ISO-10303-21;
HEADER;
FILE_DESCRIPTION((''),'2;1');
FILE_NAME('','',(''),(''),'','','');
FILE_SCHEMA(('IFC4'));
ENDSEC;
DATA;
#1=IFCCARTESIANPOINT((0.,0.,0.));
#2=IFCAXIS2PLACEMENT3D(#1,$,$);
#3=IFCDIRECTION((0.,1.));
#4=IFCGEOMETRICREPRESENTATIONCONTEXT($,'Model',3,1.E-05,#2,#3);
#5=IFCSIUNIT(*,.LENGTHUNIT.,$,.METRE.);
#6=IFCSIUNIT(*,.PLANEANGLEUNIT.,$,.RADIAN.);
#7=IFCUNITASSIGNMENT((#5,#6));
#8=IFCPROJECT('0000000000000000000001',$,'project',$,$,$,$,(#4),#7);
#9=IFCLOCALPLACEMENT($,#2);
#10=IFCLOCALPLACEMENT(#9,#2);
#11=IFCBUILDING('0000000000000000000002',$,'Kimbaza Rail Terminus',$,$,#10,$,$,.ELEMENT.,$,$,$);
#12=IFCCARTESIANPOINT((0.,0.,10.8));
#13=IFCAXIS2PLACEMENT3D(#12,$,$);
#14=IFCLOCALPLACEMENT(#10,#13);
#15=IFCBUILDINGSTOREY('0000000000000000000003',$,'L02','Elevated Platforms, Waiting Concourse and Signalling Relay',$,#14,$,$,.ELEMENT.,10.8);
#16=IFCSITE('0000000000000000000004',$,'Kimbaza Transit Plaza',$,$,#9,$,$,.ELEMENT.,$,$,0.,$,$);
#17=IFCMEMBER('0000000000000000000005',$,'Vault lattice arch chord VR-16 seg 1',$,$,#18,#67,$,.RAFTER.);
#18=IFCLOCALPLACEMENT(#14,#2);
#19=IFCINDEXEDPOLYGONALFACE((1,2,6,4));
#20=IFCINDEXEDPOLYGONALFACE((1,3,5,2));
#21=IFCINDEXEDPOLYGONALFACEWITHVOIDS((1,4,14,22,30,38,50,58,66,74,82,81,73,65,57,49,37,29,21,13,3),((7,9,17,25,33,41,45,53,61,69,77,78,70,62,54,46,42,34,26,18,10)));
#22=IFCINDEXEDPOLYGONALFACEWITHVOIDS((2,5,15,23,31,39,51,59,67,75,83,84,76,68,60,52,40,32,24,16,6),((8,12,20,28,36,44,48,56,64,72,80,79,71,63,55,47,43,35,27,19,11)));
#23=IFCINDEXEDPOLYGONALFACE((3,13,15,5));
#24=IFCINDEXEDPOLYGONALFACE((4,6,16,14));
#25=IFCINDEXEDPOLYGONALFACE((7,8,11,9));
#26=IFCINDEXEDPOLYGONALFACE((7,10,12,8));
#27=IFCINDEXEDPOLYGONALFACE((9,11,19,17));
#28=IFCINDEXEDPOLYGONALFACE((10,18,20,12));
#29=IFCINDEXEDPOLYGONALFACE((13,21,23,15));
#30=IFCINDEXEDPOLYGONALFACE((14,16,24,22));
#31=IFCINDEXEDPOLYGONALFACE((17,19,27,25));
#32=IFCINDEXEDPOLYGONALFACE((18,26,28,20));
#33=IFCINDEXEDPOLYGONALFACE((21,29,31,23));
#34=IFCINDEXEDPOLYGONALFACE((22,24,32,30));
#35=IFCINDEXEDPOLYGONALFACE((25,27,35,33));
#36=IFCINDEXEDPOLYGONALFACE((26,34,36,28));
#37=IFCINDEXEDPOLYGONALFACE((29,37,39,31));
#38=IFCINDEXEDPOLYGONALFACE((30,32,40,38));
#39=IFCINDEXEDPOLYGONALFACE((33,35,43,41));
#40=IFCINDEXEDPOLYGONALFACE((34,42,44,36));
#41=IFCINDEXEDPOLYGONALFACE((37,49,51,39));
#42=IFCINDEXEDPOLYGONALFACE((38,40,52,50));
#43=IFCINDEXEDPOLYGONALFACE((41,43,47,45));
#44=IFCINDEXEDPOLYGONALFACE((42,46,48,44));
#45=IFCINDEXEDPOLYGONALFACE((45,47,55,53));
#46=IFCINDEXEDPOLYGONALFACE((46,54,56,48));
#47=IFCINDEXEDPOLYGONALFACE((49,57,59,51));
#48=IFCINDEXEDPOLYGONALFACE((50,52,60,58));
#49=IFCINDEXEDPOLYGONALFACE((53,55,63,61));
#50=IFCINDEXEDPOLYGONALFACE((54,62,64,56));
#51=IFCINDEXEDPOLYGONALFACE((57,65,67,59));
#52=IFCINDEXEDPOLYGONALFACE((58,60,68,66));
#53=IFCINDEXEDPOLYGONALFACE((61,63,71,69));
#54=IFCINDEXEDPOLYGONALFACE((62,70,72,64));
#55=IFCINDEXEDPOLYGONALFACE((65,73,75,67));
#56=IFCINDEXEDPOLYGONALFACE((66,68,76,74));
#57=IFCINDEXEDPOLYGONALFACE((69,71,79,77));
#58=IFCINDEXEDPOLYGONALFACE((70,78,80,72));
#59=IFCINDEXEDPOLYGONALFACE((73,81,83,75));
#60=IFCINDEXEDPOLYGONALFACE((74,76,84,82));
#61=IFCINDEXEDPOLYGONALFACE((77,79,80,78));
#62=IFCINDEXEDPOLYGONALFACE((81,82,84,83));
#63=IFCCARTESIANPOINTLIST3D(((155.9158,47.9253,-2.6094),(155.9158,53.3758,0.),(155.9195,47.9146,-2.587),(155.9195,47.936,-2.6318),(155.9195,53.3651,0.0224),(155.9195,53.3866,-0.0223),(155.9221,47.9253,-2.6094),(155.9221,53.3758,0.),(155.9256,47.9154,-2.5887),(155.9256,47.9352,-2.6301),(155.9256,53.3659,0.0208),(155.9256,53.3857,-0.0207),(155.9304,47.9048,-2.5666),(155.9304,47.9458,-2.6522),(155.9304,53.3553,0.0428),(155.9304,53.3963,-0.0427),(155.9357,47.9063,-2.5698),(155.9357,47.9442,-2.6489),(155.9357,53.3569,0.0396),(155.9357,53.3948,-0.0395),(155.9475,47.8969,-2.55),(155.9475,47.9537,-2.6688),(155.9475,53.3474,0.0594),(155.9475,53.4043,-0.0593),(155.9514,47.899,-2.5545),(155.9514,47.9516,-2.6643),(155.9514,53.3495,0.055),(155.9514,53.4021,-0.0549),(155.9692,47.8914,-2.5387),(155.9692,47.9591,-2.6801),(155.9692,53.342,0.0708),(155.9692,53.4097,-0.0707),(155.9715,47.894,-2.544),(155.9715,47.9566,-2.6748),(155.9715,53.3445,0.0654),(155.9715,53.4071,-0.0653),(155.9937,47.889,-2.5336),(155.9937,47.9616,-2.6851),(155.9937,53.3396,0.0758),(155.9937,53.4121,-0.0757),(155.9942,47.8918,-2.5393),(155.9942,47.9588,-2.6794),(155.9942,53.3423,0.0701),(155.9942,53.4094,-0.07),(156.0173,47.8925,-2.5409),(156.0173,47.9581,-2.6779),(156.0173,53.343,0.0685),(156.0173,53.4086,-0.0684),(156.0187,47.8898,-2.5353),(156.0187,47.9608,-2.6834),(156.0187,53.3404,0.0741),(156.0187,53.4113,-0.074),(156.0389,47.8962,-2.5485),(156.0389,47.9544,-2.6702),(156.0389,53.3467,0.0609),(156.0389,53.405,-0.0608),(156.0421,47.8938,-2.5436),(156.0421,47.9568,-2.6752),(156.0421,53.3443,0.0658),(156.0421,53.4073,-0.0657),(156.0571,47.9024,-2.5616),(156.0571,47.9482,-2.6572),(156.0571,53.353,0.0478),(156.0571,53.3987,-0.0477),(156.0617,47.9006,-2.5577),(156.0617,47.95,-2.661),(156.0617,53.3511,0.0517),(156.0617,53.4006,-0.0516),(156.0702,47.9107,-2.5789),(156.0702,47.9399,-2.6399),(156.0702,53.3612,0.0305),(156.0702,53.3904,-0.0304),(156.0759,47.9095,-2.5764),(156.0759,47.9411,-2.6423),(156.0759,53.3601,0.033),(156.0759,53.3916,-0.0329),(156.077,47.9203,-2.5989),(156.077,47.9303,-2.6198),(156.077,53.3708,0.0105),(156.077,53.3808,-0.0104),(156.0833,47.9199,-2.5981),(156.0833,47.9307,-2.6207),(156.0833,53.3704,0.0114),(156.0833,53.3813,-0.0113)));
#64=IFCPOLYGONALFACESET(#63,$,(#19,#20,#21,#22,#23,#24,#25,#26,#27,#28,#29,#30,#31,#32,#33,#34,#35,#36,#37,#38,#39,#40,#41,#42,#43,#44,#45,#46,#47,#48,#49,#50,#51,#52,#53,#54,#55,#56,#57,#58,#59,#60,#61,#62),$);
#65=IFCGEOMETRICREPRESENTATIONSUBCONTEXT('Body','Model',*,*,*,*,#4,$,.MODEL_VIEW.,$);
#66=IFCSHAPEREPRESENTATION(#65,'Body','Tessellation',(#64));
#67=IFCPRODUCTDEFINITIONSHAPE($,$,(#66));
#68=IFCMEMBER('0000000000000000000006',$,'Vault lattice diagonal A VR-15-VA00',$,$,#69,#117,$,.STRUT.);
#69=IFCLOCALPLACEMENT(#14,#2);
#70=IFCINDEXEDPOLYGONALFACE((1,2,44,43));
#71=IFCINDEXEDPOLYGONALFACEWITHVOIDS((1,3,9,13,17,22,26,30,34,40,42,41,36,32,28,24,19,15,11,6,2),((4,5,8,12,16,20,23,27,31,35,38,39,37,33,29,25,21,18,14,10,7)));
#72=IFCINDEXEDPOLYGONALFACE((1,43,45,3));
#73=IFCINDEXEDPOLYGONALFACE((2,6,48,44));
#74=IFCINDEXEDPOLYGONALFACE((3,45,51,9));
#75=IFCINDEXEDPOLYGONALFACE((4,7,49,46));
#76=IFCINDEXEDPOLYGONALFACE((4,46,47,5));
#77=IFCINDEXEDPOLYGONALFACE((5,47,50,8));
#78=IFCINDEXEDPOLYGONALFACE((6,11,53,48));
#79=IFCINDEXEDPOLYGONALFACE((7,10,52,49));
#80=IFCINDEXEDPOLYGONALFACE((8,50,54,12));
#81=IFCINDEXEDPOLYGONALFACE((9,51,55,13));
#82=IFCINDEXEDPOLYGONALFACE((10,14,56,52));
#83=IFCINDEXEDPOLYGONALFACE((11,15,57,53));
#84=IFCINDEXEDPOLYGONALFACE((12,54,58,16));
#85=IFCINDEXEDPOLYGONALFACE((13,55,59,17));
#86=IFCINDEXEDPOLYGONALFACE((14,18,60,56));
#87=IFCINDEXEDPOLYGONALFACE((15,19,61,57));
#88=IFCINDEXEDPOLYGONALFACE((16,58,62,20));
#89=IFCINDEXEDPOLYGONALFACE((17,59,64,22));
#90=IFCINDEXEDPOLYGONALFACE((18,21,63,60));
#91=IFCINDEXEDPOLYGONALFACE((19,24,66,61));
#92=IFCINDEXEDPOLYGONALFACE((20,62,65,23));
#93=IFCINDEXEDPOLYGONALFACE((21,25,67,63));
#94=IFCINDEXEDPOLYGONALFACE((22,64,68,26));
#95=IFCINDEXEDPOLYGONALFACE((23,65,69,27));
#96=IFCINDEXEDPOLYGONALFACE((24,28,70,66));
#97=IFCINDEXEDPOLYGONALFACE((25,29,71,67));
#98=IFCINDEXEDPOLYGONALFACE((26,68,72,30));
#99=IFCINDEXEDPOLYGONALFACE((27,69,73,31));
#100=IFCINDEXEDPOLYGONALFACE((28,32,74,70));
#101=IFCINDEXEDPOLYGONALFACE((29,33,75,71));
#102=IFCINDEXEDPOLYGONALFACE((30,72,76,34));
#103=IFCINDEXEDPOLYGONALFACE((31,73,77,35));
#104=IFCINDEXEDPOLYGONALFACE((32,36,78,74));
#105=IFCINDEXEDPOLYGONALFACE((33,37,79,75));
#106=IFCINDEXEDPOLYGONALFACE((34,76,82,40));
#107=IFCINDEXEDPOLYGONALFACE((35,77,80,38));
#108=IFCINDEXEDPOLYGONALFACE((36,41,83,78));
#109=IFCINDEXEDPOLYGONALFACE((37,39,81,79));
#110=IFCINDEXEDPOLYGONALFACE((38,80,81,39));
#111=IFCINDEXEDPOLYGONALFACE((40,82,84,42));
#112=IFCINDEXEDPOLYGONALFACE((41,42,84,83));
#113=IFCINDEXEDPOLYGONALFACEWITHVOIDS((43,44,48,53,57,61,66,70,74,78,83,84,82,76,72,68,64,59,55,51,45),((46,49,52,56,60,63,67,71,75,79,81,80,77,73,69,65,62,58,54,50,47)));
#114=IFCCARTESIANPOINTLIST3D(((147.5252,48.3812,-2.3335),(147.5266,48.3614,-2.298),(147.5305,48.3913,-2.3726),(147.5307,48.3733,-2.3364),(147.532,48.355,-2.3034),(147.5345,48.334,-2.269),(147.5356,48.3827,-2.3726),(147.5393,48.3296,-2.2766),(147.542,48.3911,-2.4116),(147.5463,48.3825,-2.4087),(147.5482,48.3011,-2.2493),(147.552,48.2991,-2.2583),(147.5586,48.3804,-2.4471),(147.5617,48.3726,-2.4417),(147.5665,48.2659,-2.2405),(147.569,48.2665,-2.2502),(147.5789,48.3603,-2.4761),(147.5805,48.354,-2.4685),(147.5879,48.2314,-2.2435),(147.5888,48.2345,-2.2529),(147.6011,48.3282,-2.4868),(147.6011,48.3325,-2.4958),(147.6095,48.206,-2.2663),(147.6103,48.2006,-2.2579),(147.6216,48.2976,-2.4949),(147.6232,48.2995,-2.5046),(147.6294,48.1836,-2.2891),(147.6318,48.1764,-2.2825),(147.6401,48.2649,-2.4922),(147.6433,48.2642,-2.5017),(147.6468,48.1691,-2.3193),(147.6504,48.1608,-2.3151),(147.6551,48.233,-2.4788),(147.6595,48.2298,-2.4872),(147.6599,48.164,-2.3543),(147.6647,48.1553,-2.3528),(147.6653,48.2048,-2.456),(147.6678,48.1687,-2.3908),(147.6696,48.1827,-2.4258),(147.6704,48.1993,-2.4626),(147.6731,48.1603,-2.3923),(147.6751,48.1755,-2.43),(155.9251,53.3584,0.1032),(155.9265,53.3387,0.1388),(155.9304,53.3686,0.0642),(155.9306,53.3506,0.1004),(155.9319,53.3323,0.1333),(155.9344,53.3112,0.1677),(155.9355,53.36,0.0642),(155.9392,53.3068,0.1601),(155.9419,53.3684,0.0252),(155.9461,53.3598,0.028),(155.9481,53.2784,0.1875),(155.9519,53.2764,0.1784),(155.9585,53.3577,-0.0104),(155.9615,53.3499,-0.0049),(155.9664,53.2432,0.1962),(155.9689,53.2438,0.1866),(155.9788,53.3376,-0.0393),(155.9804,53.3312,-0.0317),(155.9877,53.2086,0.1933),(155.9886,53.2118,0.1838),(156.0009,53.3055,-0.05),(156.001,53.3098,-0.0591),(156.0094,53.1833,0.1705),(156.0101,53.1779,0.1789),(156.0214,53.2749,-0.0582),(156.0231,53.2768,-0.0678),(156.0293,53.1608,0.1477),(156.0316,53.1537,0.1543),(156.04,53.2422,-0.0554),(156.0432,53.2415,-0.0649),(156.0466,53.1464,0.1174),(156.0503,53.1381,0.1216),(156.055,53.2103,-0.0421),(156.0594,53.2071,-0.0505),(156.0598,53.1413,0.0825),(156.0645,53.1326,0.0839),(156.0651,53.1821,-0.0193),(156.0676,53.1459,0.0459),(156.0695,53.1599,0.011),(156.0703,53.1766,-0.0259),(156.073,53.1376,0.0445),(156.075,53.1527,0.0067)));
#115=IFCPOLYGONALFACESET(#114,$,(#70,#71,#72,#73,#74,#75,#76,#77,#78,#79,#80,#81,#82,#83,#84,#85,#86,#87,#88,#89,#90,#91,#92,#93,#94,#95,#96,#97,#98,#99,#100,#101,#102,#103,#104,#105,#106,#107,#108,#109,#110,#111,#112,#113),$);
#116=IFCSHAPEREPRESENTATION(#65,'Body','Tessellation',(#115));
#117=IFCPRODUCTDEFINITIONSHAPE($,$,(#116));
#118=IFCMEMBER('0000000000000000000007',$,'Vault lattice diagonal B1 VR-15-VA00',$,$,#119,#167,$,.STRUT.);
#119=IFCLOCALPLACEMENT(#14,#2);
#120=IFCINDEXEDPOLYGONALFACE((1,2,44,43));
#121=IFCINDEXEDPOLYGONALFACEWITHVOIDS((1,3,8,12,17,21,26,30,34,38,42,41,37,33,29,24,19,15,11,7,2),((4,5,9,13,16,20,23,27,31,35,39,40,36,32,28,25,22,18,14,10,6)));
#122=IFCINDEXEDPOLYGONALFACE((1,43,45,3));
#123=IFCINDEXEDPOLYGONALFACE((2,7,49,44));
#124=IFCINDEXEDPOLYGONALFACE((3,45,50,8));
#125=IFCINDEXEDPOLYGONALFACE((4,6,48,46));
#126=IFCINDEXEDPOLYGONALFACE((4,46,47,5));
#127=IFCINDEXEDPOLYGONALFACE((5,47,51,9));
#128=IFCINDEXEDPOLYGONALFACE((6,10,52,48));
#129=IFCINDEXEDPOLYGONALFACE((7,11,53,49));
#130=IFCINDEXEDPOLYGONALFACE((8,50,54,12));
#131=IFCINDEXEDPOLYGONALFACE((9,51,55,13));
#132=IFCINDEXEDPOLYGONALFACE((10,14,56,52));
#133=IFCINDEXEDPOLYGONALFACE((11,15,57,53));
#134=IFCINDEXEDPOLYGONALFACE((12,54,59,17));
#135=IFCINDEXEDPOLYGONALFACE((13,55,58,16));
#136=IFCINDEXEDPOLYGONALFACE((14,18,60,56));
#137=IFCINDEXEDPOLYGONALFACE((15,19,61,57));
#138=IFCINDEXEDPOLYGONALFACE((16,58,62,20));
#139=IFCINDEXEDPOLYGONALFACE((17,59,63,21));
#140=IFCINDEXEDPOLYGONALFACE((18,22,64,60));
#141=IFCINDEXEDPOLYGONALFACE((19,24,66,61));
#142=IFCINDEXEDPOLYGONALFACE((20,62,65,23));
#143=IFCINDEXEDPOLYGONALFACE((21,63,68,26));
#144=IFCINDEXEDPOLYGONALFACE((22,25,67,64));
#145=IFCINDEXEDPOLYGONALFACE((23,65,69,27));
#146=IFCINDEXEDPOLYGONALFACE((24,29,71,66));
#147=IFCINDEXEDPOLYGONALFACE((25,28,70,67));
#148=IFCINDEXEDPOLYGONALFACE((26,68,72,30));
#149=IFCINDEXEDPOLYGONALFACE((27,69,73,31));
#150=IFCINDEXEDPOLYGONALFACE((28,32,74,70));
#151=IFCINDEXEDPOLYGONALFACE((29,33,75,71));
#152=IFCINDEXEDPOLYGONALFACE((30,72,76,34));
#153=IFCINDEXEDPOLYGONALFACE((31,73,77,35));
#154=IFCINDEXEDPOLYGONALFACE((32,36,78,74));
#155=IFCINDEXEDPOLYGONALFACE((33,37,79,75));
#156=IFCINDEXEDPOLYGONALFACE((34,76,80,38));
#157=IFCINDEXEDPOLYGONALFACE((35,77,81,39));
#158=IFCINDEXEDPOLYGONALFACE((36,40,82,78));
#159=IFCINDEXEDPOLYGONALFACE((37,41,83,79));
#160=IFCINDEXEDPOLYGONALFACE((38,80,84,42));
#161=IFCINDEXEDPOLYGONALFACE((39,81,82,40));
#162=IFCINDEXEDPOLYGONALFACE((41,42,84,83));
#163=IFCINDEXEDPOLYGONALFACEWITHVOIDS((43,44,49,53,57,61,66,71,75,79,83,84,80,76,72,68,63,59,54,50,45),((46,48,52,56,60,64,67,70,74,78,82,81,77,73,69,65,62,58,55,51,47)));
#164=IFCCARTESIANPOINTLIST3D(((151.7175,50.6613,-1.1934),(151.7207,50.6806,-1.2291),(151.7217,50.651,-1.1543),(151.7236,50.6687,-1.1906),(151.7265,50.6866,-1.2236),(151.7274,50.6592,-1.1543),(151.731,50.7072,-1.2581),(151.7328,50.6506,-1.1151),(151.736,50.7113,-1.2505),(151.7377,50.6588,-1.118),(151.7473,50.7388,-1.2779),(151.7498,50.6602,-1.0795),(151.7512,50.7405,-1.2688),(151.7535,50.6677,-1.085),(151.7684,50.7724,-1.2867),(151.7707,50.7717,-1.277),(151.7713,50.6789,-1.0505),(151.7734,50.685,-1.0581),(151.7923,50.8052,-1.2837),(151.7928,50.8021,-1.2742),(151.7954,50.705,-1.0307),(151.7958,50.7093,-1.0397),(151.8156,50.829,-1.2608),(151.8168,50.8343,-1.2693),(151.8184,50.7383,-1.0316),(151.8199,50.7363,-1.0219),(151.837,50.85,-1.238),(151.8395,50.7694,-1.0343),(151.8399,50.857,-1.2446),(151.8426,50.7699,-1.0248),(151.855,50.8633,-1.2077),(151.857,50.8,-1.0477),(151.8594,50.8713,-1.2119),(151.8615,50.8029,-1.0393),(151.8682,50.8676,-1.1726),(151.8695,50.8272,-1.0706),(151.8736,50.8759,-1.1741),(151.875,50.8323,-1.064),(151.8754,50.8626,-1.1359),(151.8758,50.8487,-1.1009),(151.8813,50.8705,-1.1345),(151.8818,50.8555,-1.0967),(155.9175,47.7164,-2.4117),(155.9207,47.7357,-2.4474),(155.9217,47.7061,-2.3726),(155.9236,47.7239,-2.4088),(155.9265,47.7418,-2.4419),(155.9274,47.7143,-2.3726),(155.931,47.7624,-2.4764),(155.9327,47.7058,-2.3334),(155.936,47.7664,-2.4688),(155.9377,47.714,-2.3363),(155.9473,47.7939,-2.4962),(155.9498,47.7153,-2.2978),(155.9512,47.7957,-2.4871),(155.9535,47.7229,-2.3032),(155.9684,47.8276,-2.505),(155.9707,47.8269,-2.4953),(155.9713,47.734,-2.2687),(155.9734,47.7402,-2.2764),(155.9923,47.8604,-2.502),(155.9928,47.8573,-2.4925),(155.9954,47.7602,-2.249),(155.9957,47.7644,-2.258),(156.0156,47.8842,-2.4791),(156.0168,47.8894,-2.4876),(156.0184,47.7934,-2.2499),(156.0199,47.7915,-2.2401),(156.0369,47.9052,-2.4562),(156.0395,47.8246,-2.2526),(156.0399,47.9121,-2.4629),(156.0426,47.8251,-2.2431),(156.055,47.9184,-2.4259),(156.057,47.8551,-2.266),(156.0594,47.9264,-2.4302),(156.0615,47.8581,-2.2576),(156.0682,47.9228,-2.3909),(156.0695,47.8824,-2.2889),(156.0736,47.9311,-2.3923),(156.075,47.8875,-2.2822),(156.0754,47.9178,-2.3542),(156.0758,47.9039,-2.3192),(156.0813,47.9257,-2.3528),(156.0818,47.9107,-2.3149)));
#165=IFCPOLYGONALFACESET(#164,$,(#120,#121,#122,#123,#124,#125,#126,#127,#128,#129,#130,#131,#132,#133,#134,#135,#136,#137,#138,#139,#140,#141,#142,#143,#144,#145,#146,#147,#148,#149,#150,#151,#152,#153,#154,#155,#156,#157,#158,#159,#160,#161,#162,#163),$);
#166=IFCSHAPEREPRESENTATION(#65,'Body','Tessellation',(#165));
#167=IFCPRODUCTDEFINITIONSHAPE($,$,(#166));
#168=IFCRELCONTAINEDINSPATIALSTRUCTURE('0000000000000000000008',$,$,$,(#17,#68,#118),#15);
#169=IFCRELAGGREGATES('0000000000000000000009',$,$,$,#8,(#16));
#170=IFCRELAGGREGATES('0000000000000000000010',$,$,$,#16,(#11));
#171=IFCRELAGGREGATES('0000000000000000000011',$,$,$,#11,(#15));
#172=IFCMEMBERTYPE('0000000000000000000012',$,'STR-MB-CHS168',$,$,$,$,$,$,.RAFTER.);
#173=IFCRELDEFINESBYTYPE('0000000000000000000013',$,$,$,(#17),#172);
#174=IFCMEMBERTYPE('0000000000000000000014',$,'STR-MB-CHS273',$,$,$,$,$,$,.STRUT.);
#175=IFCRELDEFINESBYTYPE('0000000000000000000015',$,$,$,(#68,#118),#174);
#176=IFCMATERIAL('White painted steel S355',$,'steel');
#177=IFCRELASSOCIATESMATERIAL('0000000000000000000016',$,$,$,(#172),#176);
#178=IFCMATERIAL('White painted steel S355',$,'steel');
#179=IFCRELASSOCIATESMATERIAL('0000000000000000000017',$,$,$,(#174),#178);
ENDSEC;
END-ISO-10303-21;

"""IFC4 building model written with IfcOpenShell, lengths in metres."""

from ifc_helpers import new_model, si_unit, direction, frame, origin, origin_2d, place, context, subcontext, project, spatial, hollow_circle, extrude, material, material_profile, profile_set, type_object, element, save


model = new_model("IFC4")

# Units and contexts
model_context = context("Model", 3, precision=1e-05, world=origin(), true_north=direction((0.0, 1.0)))
body_context = subcontext(model_context, "Body", "Model", "MODEL_VIEW")
ifc_project = project(units=[si_unit("LENGTHUNIT", "METRE"), si_unit("PLANEANGLEUNIT", "RADIAN")], contexts=[model_context])

# Site, building, storey
site_placement = place(None, origin())
site = spatial("IfcSite", under=ifc_project, at=site_placement, Name="Kimbaza Transit Plaza", CompositionType="ELEMENT", RefElevation=0.0)
building_placement = place(site_placement, origin())
building = spatial("IfcBuilding", under=site, at=building_placement, Name="Kimbaza Rail Terminus", CompositionType="ELEMENT")
storey_placement = place(building_placement, frame((0.0, 0.0, 10.8)))
storey = spatial("IfcBuildingStorey", under=building, at=storey_placement, Name="L02", Description="Elevated Platforms, Waiting Concourse and Signalling Relay", CompositionType="ELEMENT", Elevation=10.8)

# Members
ifc_material_1 = material(Name="White painted steel S355", Category="steel")
ifc_material_profile_1 = material_profile(ifc_material_1, hollow_circle(Radius=0.0842, WallThickness=0.0063, at=origin_2d()), Name="CHS 168.3x6.3")
ifc_profile_set_1 = profile_set([ifc_material_profile_1], Name="White painted steel S355")
member_type_1 = type_object("IfcMemberType", Name="STR-MB-CHS168", PredefinedType="RAFTER", material=ifc_profile_set_1)
for number, where, z_axis, x_axis, name in (
    (1, (156.0, 47.9253, -2.6094), (0.0, 0.901964, 0.431811), (-1.0, 0.0, 0.0), "Vault lattice arch chord VR-16 seg 1"),
):
    element("IfcMember", number, at=place(storey_placement, frame(where, z_axis=z_axis, x_axis=x_axis)), inside=storey, type_object=member_type_1, Name=name, PredefinedType="RAFTER", context=body_context, shape_type="SweptSolid", body=[
        extrude(hollow_circle(Radius=0.0842, WallThickness=0.0063, at=origin_2d()), origin(), (0.0, 0.0, 1.0), 6.043),
    ])
ifc_material_2 = material(Name="White painted steel S355", Category="steel")
ifc_material_profile_2 = material_profile(ifc_material_2, hollow_circle(Radius=0.1365, WallThickness=0.01, at=origin_2d()), Name="CHS 273x10")
ifc_profile_set_2 = profile_set([ifc_material_profile_2], Name="White painted steel S355")
member_type_2 = type_object("IfcMemberType", Name="STR-MB-CHS273", PredefinedType="STRUT", material=ifc_profile_set_2)
member_1_placement = place(storey_placement, frame((147.6001, 48.2739, -2.3726), z_axis=(0.834708, 0.4946, 0.242144), x_axis=(-0.50977, 0.860311, 0.0)))
element("IfcMember", 2, at=member_1_placement, inside=storey, type_object=member_type_2, Name="Vault lattice diagonal A VR-15-VA00", PredefinedType="STRUT", context=body_context, shape_type="SweptSolid", body=[
    extrude(hollow_circle(Radius=0.1365, WallThickness=0.01, at=origin_2d()), origin(), (0.0, 0.0, 1.0), 10.0632),
])
member_2_placement = place(storey_placement, frame((156.0, 47.8179, -2.3726), z_axis=(-0.796627, 0.558561, 0.231074), x_axis=(-0.574098, -0.818787, 0.0)))
element("IfcMember", 3, at=member_2_placement, inside=storey, type_object=member_type_2, Name="Vault lattice diagonal B1 VR-15-VA00", PredefinedType="STRUT", context=body_context, shape_type="SweptSolid", body=[
    extrude(hollow_circle(Radius=0.1365, WallThickness=0.01, at=origin_2d()), origin(), (0.0, 0.0, 1.0), 5.2722),
])

save(model, "model.ifc")
